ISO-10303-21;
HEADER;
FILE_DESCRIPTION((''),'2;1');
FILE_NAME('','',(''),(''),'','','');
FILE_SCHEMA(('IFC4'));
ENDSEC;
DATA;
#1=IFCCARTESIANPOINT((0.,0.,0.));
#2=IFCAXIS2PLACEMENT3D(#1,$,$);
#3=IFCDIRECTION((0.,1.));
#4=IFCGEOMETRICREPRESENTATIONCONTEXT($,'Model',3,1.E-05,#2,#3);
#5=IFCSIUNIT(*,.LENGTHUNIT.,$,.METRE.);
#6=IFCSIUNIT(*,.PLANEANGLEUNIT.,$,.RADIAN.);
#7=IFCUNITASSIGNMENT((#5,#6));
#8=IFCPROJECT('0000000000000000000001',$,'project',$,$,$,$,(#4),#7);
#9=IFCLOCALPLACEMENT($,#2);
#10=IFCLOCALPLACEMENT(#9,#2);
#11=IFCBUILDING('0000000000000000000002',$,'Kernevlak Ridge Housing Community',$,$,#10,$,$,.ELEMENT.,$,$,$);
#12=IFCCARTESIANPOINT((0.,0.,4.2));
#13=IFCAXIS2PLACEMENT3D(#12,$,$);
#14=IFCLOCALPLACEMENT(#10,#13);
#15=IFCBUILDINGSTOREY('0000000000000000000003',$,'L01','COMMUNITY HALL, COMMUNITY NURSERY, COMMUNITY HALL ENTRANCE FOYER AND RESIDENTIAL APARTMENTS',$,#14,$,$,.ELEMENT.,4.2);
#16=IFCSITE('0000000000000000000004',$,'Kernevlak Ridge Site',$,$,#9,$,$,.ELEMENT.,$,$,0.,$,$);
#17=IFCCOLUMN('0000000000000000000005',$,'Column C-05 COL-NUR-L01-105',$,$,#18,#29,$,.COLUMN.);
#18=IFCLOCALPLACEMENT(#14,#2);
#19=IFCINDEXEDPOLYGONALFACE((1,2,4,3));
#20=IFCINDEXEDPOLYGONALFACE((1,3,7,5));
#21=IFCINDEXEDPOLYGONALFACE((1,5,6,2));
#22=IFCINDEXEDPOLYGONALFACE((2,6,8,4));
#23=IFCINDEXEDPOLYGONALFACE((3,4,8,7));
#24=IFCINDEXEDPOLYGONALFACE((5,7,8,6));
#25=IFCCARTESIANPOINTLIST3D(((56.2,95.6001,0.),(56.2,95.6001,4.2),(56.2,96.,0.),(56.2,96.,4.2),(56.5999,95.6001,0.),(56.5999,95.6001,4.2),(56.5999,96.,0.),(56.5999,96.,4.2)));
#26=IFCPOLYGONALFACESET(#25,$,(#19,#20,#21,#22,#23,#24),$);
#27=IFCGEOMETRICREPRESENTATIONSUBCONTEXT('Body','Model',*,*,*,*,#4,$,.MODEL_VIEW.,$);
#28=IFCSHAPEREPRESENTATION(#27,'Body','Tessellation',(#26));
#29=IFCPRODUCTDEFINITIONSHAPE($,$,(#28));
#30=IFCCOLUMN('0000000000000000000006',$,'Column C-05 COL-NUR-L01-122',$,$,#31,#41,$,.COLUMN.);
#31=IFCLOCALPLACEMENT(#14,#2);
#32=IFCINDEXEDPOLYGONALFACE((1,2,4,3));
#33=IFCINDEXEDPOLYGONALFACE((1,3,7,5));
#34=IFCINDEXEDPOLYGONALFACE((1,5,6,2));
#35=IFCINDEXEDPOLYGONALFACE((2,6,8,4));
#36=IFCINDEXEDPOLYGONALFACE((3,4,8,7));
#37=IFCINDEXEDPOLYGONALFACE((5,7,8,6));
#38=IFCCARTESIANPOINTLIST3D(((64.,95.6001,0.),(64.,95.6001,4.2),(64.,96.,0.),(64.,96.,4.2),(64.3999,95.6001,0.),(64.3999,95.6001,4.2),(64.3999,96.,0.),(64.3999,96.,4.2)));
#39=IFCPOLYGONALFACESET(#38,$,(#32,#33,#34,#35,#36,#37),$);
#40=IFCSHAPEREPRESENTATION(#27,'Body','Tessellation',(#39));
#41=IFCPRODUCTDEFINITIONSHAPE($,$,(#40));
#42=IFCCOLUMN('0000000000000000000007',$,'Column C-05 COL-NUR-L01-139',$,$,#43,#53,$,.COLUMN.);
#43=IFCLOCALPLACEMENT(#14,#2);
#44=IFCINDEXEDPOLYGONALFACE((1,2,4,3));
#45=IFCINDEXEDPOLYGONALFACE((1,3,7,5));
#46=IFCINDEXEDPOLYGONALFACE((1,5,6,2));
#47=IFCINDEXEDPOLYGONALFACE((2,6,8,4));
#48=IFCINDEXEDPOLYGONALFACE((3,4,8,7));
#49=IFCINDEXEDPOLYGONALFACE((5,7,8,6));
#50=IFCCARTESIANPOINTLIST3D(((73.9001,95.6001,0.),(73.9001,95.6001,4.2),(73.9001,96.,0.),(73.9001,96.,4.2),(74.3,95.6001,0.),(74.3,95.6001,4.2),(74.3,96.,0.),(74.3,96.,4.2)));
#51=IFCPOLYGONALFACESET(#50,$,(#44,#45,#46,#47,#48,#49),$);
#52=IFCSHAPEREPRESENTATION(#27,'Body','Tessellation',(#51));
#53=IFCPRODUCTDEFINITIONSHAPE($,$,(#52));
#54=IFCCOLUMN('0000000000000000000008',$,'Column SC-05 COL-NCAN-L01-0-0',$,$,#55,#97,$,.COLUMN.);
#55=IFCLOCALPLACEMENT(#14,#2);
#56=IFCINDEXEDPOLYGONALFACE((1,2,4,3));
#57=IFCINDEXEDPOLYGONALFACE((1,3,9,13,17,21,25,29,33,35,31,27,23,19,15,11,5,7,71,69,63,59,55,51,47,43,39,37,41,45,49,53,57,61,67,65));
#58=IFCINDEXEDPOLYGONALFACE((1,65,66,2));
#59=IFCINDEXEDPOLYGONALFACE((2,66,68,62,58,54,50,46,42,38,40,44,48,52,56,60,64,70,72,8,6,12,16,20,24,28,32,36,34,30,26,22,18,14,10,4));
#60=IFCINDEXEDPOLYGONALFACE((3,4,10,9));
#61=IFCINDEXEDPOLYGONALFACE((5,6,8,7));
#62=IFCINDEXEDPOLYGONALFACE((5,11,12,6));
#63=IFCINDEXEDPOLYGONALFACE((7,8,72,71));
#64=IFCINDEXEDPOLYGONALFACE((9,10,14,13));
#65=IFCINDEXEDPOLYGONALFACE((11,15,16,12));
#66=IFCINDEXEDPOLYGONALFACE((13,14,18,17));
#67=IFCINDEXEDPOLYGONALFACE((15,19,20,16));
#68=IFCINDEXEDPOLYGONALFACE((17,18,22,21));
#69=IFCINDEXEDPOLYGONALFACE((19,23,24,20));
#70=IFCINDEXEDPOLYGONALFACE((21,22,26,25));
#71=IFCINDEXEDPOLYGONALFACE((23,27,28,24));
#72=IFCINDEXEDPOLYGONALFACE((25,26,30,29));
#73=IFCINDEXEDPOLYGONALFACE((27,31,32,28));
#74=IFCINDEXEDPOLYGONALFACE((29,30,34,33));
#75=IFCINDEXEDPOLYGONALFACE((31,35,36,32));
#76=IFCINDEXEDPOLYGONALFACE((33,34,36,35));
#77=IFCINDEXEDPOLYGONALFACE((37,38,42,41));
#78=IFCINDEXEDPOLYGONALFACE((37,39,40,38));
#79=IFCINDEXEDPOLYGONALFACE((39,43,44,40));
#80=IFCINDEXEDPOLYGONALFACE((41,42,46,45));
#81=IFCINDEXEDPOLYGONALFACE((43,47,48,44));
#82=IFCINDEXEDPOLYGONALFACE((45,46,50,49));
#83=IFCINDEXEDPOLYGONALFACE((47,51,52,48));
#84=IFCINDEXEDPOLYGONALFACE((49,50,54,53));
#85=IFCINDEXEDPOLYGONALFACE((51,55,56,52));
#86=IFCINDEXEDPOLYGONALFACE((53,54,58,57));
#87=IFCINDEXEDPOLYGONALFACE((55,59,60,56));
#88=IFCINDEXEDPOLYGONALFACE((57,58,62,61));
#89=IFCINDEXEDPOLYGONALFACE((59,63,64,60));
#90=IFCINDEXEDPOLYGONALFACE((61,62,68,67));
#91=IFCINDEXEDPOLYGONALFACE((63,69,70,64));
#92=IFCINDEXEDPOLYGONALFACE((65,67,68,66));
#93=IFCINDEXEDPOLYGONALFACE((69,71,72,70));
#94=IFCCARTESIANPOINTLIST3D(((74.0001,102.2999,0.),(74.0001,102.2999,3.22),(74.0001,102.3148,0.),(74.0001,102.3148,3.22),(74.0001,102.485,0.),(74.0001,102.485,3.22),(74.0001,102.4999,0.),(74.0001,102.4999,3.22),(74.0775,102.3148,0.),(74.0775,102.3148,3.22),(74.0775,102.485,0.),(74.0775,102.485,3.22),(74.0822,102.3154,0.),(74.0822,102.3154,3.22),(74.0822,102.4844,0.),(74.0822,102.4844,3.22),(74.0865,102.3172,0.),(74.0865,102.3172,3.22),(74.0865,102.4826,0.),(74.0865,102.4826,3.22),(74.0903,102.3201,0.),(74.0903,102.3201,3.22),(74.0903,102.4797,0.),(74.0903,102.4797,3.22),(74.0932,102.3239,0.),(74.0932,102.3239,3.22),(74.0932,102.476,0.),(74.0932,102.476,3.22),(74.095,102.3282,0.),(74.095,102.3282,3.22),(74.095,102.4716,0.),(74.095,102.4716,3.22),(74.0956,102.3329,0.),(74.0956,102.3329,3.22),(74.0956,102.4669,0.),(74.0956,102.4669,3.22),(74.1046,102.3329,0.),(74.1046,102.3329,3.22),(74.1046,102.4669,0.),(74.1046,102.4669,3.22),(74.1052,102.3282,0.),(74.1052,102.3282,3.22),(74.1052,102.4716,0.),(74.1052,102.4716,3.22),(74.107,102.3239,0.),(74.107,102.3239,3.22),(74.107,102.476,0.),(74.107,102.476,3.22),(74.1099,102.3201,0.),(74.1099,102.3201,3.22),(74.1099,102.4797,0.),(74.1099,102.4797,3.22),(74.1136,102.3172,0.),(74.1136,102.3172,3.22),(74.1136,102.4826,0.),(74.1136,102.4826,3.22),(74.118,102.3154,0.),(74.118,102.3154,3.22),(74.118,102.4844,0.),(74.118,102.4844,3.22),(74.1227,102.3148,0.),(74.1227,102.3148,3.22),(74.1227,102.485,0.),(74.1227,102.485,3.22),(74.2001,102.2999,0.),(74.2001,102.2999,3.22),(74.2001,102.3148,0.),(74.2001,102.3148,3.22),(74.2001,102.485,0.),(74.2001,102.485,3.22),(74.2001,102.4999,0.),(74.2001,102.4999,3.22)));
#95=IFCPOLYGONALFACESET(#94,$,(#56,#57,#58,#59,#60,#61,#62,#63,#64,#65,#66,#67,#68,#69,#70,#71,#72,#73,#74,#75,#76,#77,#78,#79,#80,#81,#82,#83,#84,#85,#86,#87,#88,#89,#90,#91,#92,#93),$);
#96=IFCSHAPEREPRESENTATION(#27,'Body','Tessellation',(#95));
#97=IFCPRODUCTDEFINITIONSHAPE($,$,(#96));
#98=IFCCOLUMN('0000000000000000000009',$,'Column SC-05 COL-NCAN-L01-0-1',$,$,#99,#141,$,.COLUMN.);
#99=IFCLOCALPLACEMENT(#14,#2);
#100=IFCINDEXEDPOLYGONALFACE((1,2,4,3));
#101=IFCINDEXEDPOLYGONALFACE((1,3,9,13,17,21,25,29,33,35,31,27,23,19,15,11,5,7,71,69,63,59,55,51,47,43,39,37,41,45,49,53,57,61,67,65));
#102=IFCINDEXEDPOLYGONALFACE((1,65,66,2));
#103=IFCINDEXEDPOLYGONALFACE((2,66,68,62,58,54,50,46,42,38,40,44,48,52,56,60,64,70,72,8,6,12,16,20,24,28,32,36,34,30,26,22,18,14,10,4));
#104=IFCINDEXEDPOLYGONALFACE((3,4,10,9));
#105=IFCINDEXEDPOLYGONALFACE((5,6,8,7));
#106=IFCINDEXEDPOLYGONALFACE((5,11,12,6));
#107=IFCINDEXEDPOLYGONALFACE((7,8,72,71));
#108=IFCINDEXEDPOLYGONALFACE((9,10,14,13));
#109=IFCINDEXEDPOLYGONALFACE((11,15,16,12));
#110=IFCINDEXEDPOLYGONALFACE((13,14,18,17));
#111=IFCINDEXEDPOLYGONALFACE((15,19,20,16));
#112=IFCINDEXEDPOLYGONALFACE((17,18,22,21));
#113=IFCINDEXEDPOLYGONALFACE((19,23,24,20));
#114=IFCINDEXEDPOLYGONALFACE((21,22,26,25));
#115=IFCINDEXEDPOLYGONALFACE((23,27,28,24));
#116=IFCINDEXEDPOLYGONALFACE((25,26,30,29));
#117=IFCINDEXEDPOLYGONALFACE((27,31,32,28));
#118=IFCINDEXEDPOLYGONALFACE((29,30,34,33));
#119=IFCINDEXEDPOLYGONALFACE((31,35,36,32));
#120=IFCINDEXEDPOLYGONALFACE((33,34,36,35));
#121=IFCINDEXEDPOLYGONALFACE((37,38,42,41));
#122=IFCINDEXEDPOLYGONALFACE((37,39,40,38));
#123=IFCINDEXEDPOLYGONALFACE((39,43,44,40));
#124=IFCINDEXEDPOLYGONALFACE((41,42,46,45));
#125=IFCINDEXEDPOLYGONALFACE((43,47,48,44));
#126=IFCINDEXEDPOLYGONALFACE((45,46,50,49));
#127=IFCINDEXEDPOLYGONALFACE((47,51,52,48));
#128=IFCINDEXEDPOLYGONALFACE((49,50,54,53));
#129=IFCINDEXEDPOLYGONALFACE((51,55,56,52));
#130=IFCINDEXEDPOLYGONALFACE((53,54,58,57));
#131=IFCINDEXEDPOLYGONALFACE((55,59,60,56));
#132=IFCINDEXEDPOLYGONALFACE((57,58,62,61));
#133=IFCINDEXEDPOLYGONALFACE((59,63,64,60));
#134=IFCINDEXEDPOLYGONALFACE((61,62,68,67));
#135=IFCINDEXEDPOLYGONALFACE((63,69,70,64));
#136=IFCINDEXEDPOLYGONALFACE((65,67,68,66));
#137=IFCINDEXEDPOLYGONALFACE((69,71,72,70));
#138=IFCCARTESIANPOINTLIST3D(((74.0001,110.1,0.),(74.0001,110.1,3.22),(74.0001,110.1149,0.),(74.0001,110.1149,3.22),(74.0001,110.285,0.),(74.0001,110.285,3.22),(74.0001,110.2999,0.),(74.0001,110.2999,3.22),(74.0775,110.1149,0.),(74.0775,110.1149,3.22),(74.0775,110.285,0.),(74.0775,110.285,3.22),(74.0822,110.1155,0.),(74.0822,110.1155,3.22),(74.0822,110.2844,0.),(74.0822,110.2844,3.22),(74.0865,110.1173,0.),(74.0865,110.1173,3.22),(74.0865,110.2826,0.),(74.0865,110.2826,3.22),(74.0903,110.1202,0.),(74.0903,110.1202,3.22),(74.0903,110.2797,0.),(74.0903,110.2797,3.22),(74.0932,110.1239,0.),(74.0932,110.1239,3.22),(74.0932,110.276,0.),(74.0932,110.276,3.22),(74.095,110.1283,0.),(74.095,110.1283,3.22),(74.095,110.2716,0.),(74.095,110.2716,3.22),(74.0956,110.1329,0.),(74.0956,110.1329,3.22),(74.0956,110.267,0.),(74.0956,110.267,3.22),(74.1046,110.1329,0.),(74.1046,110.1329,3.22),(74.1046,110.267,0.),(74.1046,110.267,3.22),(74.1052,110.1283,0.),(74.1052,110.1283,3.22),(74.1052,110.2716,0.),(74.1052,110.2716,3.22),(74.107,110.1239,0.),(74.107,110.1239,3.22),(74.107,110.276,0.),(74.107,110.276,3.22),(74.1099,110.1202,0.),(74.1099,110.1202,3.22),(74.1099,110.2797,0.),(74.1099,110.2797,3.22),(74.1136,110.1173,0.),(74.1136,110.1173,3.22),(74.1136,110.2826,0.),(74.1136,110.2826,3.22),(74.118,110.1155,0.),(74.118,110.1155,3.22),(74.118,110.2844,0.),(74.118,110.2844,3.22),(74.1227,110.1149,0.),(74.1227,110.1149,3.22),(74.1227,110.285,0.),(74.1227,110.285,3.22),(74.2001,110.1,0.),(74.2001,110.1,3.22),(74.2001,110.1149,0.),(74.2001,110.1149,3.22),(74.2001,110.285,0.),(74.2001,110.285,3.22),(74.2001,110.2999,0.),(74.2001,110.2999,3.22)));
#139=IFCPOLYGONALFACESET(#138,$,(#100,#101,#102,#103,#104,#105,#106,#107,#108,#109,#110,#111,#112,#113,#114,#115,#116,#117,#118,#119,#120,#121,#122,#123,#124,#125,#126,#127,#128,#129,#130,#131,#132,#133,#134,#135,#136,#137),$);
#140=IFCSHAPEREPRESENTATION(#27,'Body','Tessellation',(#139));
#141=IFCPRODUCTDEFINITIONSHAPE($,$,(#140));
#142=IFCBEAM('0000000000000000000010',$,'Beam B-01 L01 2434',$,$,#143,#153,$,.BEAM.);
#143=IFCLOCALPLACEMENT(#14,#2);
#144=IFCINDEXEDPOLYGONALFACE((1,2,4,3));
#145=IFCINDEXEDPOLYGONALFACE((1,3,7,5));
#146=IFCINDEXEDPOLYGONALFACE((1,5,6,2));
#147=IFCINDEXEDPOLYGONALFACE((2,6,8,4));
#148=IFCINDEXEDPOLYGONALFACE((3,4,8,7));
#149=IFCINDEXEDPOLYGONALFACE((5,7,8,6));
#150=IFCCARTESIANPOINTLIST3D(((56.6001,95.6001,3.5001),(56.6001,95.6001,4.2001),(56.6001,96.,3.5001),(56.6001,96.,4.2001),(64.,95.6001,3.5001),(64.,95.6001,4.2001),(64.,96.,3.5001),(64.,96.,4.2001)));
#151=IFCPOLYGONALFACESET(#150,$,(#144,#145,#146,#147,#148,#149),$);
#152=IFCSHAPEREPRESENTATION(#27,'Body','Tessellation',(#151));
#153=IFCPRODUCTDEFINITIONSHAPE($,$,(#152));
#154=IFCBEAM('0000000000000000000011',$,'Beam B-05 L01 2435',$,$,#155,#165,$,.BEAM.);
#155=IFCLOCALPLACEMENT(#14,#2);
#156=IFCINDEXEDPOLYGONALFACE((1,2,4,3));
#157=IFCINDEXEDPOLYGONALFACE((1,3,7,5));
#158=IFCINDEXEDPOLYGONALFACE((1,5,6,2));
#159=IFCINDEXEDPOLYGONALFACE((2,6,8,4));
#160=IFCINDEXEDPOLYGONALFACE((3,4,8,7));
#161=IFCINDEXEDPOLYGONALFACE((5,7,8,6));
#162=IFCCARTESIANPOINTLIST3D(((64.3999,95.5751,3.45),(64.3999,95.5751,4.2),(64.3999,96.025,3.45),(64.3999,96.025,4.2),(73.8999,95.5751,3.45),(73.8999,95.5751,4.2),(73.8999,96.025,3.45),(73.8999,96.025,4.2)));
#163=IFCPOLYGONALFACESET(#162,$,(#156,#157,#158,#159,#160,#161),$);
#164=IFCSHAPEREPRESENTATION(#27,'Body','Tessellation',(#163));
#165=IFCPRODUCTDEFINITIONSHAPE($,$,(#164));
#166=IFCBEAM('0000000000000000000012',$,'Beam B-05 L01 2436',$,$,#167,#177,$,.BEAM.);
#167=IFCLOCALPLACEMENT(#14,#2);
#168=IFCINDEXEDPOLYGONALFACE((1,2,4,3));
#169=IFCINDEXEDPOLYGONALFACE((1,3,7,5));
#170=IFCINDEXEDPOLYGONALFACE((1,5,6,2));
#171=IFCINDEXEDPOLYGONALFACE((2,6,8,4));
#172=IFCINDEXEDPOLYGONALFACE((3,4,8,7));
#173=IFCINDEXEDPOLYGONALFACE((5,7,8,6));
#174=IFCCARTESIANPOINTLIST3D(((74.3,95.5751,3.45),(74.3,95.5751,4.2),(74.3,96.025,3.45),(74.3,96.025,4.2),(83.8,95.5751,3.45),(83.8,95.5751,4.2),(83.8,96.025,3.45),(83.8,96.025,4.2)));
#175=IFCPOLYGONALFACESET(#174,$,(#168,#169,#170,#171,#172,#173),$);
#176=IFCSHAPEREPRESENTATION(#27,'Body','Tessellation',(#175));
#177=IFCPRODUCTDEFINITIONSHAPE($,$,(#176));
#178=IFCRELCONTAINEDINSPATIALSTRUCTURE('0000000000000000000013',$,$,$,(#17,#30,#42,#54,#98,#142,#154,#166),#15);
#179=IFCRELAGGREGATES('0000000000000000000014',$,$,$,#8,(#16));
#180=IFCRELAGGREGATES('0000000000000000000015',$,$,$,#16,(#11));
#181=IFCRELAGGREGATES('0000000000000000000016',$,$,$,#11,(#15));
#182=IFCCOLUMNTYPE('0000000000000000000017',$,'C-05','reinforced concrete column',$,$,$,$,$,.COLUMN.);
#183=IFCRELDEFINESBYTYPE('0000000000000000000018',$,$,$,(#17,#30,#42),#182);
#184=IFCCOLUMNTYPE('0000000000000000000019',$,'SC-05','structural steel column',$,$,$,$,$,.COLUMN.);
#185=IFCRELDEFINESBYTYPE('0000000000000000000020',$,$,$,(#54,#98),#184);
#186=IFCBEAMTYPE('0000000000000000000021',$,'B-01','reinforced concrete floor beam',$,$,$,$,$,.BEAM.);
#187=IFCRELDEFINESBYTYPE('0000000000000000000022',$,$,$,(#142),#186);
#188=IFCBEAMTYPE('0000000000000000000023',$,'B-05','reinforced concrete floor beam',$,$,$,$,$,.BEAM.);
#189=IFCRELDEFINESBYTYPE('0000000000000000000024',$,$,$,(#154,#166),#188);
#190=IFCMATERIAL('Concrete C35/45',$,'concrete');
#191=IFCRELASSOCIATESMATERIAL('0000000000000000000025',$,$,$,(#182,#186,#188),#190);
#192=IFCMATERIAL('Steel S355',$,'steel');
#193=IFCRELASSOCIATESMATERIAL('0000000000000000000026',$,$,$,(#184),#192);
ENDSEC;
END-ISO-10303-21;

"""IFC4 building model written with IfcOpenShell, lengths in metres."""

from ifc_helpers import new_model, si_unit, direction, frame, origin, origin_2d, place, context, subcontext, project, spatial, rectangle, i_section, extrude, material, material_profile, profile_set, type_object, element, save


model = new_model("IFC4")

# Units and contexts
model_context = context("Model", 3, precision=1e-05, world=origin(), true_north=direction((0.0, 1.0)))
body_context = subcontext(model_context, "Body", "Model", "MODEL_VIEW")
ifc_project = project(units=[si_unit("LENGTHUNIT", "METRE"), si_unit("PLANEANGLEUNIT", "RADIAN")], contexts=[model_context])

# Site, building, storey
site_placement = place(None, origin())
site = spatial("IfcSite", under=ifc_project, at=site_placement, Name="Kernevlak Ridge Site", CompositionType="ELEMENT", RefElevation=0.0)
building_placement = place(site_placement, origin())
building = spatial("IfcBuilding", under=site, at=building_placement, Name="Kernevlak Ridge Housing Community", CompositionType="ELEMENT")
storey_placement = place(building_placement, frame((0.0, 0.0, 4.2)))
storey = spatial("IfcBuildingStorey", under=building, at=storey_placement, Name="L01", Description="COMMUNITY HALL, COMMUNITY NURSERY, COMMUNITY HALL ENTRANCE FOYER AND RESIDENTIAL APARTMENTS", CompositionType="ELEMENT", Elevation=4.2)

# Columns
ifc_material_1 = material(Name="Concrete C35/45", Category="concrete")
ifc_material_profile_1 = material_profile(ifc_material_1, rectangle(XDim=0.3999, YDim=0.3999, at=origin_2d()), Name="RC 400x400")
ifc_profile_set_1 = profile_set([ifc_material_profile_1], Name="Concrete C35/45")
column_type_1 = type_object("IfcColumnType", Name="C-05", Description="reinforced concrete column", PredefinedType="COLUMN", material=ifc_profile_set_1)
for number, where, z_axis, x_axis, name in (
    (1, (56.3999, 95.8, 0.0), (0.0, 0.0, 1.0), (1.0, 0.0, 0.0), "Column C-05 COL-NUR-L01-105"),
    (2, (64.2, 95.8, 0.0), (0.0, 0.0, 1.0), (1.0, 0.0, 0.0), "Column C-05 COL-NUR-L01-122"),
    (3, (74.1001, 95.8, 0.0), (0.0, 0.0, 1.0), (1.0, 0.0, 0.0), "Column C-05 COL-NUR-L01-139"),
):
    element("IfcColumn", number, at=place(storey_placement, frame(where, z_axis=z_axis, x_axis=x_axis)), inside=storey, type_object=column_type_1, Name=name, PredefinedType="COLUMN", context=body_context, shape_type="SweptSolid", body=[
        extrude(rectangle(XDim=0.3999, YDim=0.3999, at=origin_2d()), origin(), (0.0, 0.0, 1.0), 4.2),
    ])
ifc_material_2 = material(Name="Steel S355", Category="steel")
ifc_material_profile_2 = material_profile(ifc_material_2, i_section(OverallWidth=0.2, OverallDepth=0.2, WebThickness=0.009, FlangeThickness=0.0149, FilletRadius=0.0181, at=origin_2d()), Name="HEB 200")
ifc_profile_set_2 = profile_set([ifc_material_profile_2], Name="Steel S355")
column_type_2 = type_object("IfcColumnType", Name="SC-05", Description="structural steel column", PredefinedType="COLUMN", material=ifc_profile_set_2)
for number, where, z_axis, x_axis, name in (
    (4, (74.1001, 102.3999, 0.0), (0.0, 0.0, 1.0), (1.0, 0.0, 0.0), "Column SC-05 COL-NCAN-L01-0-0"),
    (5, (74.1001, 110.2, 0.0), (0.0, 0.0, 1.0), (1.0, 0.0, 0.0), "Column SC-05 COL-NCAN-L01-0-1"),
):
    element("IfcColumn", number, at=place(storey_placement, frame(where, z_axis=z_axis, x_axis=x_axis)), inside=storey, type_object=column_type_2, Name=name, PredefinedType="COLUMN", context=body_context, shape_type="SweptSolid", body=[
        extrude(i_section(OverallWidth=0.2, OverallDepth=0.2, WebThickness=0.009, FlangeThickness=0.0149, FilletRadius=0.0181, at=origin_2d()), origin(), (0.0, 0.0, 1.0), 3.22),
    ])

# Beams
ifc_material_profile_3 = material_profile(ifc_material_1, rectangle(XDim=0.3999, YDim=0.7, at=origin_2d()), Name="RC 400x700")
ifc_profile_set_3 = profile_set([ifc_material_profile_3], Name="Concrete C35/45")
beam_type_1 = type_object("IfcBeamType", Name="B-01", Description="reinforced concrete floor beam", PredefinedType="BEAM", material=ifc_profile_set_3)
beam_1_placement = place(storey_placement, frame((56.6001, 95.8, 3.8501), z_axis=(1.0, 0.0, 0.0), x_axis=(0.0, 1.0, 0.0)))
element("IfcBeam", 6, at=beam_1_placement, inside=storey, type_object=beam_type_1, Name="Beam B-01 L01 2434", PredefinedType="BEAM", context=body_context, shape_type="SweptSolid", body=[
    extrude(rectangle(XDim=0.3999, YDim=0.7, at=origin_2d()), origin(), (0.0, 0.0, 1.0), 7.3999),
])
ifc_material_profile_4 = material_profile(ifc_material_1, rectangle(XDim=0.45, YDim=0.75, at=origin_2d()), Name="RC 450x750")
ifc_profile_set_4 = profile_set([ifc_material_profile_4], Name="Concrete C35/45")
beam_type_2 = type_object("IfcBeamType", Name="B-05", Description="reinforced concrete floor beam", PredefinedType="BEAM", material=ifc_profile_set_4)
for number, where, z_axis, x_axis, name in (
    (7, (64.3999, 95.8, 3.825), (1.0, 0.0, 0.0), (0.0, 1.0, 0.0), "Beam B-05 L01 2435"),
    (8, (74.3, 95.8, 3.825), (1.0, 0.0, 0.0), (0.0, 1.0, 0.0), "Beam B-05 L01 2436"),
):
    element("IfcBeam", number, at=place(storey_placement, frame(where, z_axis=z_axis, x_axis=x_axis)), inside=storey, type_object=beam_type_2, Name=name, PredefinedType="BEAM", context=body_context, shape_type="SweptSolid", body=[
        extrude(rectangle(XDim=0.45, YDim=0.75, at=origin_2d()), origin(), (0.0, 0.0, 1.0), 9.5),
    ])

save(model, "model.ifc")
